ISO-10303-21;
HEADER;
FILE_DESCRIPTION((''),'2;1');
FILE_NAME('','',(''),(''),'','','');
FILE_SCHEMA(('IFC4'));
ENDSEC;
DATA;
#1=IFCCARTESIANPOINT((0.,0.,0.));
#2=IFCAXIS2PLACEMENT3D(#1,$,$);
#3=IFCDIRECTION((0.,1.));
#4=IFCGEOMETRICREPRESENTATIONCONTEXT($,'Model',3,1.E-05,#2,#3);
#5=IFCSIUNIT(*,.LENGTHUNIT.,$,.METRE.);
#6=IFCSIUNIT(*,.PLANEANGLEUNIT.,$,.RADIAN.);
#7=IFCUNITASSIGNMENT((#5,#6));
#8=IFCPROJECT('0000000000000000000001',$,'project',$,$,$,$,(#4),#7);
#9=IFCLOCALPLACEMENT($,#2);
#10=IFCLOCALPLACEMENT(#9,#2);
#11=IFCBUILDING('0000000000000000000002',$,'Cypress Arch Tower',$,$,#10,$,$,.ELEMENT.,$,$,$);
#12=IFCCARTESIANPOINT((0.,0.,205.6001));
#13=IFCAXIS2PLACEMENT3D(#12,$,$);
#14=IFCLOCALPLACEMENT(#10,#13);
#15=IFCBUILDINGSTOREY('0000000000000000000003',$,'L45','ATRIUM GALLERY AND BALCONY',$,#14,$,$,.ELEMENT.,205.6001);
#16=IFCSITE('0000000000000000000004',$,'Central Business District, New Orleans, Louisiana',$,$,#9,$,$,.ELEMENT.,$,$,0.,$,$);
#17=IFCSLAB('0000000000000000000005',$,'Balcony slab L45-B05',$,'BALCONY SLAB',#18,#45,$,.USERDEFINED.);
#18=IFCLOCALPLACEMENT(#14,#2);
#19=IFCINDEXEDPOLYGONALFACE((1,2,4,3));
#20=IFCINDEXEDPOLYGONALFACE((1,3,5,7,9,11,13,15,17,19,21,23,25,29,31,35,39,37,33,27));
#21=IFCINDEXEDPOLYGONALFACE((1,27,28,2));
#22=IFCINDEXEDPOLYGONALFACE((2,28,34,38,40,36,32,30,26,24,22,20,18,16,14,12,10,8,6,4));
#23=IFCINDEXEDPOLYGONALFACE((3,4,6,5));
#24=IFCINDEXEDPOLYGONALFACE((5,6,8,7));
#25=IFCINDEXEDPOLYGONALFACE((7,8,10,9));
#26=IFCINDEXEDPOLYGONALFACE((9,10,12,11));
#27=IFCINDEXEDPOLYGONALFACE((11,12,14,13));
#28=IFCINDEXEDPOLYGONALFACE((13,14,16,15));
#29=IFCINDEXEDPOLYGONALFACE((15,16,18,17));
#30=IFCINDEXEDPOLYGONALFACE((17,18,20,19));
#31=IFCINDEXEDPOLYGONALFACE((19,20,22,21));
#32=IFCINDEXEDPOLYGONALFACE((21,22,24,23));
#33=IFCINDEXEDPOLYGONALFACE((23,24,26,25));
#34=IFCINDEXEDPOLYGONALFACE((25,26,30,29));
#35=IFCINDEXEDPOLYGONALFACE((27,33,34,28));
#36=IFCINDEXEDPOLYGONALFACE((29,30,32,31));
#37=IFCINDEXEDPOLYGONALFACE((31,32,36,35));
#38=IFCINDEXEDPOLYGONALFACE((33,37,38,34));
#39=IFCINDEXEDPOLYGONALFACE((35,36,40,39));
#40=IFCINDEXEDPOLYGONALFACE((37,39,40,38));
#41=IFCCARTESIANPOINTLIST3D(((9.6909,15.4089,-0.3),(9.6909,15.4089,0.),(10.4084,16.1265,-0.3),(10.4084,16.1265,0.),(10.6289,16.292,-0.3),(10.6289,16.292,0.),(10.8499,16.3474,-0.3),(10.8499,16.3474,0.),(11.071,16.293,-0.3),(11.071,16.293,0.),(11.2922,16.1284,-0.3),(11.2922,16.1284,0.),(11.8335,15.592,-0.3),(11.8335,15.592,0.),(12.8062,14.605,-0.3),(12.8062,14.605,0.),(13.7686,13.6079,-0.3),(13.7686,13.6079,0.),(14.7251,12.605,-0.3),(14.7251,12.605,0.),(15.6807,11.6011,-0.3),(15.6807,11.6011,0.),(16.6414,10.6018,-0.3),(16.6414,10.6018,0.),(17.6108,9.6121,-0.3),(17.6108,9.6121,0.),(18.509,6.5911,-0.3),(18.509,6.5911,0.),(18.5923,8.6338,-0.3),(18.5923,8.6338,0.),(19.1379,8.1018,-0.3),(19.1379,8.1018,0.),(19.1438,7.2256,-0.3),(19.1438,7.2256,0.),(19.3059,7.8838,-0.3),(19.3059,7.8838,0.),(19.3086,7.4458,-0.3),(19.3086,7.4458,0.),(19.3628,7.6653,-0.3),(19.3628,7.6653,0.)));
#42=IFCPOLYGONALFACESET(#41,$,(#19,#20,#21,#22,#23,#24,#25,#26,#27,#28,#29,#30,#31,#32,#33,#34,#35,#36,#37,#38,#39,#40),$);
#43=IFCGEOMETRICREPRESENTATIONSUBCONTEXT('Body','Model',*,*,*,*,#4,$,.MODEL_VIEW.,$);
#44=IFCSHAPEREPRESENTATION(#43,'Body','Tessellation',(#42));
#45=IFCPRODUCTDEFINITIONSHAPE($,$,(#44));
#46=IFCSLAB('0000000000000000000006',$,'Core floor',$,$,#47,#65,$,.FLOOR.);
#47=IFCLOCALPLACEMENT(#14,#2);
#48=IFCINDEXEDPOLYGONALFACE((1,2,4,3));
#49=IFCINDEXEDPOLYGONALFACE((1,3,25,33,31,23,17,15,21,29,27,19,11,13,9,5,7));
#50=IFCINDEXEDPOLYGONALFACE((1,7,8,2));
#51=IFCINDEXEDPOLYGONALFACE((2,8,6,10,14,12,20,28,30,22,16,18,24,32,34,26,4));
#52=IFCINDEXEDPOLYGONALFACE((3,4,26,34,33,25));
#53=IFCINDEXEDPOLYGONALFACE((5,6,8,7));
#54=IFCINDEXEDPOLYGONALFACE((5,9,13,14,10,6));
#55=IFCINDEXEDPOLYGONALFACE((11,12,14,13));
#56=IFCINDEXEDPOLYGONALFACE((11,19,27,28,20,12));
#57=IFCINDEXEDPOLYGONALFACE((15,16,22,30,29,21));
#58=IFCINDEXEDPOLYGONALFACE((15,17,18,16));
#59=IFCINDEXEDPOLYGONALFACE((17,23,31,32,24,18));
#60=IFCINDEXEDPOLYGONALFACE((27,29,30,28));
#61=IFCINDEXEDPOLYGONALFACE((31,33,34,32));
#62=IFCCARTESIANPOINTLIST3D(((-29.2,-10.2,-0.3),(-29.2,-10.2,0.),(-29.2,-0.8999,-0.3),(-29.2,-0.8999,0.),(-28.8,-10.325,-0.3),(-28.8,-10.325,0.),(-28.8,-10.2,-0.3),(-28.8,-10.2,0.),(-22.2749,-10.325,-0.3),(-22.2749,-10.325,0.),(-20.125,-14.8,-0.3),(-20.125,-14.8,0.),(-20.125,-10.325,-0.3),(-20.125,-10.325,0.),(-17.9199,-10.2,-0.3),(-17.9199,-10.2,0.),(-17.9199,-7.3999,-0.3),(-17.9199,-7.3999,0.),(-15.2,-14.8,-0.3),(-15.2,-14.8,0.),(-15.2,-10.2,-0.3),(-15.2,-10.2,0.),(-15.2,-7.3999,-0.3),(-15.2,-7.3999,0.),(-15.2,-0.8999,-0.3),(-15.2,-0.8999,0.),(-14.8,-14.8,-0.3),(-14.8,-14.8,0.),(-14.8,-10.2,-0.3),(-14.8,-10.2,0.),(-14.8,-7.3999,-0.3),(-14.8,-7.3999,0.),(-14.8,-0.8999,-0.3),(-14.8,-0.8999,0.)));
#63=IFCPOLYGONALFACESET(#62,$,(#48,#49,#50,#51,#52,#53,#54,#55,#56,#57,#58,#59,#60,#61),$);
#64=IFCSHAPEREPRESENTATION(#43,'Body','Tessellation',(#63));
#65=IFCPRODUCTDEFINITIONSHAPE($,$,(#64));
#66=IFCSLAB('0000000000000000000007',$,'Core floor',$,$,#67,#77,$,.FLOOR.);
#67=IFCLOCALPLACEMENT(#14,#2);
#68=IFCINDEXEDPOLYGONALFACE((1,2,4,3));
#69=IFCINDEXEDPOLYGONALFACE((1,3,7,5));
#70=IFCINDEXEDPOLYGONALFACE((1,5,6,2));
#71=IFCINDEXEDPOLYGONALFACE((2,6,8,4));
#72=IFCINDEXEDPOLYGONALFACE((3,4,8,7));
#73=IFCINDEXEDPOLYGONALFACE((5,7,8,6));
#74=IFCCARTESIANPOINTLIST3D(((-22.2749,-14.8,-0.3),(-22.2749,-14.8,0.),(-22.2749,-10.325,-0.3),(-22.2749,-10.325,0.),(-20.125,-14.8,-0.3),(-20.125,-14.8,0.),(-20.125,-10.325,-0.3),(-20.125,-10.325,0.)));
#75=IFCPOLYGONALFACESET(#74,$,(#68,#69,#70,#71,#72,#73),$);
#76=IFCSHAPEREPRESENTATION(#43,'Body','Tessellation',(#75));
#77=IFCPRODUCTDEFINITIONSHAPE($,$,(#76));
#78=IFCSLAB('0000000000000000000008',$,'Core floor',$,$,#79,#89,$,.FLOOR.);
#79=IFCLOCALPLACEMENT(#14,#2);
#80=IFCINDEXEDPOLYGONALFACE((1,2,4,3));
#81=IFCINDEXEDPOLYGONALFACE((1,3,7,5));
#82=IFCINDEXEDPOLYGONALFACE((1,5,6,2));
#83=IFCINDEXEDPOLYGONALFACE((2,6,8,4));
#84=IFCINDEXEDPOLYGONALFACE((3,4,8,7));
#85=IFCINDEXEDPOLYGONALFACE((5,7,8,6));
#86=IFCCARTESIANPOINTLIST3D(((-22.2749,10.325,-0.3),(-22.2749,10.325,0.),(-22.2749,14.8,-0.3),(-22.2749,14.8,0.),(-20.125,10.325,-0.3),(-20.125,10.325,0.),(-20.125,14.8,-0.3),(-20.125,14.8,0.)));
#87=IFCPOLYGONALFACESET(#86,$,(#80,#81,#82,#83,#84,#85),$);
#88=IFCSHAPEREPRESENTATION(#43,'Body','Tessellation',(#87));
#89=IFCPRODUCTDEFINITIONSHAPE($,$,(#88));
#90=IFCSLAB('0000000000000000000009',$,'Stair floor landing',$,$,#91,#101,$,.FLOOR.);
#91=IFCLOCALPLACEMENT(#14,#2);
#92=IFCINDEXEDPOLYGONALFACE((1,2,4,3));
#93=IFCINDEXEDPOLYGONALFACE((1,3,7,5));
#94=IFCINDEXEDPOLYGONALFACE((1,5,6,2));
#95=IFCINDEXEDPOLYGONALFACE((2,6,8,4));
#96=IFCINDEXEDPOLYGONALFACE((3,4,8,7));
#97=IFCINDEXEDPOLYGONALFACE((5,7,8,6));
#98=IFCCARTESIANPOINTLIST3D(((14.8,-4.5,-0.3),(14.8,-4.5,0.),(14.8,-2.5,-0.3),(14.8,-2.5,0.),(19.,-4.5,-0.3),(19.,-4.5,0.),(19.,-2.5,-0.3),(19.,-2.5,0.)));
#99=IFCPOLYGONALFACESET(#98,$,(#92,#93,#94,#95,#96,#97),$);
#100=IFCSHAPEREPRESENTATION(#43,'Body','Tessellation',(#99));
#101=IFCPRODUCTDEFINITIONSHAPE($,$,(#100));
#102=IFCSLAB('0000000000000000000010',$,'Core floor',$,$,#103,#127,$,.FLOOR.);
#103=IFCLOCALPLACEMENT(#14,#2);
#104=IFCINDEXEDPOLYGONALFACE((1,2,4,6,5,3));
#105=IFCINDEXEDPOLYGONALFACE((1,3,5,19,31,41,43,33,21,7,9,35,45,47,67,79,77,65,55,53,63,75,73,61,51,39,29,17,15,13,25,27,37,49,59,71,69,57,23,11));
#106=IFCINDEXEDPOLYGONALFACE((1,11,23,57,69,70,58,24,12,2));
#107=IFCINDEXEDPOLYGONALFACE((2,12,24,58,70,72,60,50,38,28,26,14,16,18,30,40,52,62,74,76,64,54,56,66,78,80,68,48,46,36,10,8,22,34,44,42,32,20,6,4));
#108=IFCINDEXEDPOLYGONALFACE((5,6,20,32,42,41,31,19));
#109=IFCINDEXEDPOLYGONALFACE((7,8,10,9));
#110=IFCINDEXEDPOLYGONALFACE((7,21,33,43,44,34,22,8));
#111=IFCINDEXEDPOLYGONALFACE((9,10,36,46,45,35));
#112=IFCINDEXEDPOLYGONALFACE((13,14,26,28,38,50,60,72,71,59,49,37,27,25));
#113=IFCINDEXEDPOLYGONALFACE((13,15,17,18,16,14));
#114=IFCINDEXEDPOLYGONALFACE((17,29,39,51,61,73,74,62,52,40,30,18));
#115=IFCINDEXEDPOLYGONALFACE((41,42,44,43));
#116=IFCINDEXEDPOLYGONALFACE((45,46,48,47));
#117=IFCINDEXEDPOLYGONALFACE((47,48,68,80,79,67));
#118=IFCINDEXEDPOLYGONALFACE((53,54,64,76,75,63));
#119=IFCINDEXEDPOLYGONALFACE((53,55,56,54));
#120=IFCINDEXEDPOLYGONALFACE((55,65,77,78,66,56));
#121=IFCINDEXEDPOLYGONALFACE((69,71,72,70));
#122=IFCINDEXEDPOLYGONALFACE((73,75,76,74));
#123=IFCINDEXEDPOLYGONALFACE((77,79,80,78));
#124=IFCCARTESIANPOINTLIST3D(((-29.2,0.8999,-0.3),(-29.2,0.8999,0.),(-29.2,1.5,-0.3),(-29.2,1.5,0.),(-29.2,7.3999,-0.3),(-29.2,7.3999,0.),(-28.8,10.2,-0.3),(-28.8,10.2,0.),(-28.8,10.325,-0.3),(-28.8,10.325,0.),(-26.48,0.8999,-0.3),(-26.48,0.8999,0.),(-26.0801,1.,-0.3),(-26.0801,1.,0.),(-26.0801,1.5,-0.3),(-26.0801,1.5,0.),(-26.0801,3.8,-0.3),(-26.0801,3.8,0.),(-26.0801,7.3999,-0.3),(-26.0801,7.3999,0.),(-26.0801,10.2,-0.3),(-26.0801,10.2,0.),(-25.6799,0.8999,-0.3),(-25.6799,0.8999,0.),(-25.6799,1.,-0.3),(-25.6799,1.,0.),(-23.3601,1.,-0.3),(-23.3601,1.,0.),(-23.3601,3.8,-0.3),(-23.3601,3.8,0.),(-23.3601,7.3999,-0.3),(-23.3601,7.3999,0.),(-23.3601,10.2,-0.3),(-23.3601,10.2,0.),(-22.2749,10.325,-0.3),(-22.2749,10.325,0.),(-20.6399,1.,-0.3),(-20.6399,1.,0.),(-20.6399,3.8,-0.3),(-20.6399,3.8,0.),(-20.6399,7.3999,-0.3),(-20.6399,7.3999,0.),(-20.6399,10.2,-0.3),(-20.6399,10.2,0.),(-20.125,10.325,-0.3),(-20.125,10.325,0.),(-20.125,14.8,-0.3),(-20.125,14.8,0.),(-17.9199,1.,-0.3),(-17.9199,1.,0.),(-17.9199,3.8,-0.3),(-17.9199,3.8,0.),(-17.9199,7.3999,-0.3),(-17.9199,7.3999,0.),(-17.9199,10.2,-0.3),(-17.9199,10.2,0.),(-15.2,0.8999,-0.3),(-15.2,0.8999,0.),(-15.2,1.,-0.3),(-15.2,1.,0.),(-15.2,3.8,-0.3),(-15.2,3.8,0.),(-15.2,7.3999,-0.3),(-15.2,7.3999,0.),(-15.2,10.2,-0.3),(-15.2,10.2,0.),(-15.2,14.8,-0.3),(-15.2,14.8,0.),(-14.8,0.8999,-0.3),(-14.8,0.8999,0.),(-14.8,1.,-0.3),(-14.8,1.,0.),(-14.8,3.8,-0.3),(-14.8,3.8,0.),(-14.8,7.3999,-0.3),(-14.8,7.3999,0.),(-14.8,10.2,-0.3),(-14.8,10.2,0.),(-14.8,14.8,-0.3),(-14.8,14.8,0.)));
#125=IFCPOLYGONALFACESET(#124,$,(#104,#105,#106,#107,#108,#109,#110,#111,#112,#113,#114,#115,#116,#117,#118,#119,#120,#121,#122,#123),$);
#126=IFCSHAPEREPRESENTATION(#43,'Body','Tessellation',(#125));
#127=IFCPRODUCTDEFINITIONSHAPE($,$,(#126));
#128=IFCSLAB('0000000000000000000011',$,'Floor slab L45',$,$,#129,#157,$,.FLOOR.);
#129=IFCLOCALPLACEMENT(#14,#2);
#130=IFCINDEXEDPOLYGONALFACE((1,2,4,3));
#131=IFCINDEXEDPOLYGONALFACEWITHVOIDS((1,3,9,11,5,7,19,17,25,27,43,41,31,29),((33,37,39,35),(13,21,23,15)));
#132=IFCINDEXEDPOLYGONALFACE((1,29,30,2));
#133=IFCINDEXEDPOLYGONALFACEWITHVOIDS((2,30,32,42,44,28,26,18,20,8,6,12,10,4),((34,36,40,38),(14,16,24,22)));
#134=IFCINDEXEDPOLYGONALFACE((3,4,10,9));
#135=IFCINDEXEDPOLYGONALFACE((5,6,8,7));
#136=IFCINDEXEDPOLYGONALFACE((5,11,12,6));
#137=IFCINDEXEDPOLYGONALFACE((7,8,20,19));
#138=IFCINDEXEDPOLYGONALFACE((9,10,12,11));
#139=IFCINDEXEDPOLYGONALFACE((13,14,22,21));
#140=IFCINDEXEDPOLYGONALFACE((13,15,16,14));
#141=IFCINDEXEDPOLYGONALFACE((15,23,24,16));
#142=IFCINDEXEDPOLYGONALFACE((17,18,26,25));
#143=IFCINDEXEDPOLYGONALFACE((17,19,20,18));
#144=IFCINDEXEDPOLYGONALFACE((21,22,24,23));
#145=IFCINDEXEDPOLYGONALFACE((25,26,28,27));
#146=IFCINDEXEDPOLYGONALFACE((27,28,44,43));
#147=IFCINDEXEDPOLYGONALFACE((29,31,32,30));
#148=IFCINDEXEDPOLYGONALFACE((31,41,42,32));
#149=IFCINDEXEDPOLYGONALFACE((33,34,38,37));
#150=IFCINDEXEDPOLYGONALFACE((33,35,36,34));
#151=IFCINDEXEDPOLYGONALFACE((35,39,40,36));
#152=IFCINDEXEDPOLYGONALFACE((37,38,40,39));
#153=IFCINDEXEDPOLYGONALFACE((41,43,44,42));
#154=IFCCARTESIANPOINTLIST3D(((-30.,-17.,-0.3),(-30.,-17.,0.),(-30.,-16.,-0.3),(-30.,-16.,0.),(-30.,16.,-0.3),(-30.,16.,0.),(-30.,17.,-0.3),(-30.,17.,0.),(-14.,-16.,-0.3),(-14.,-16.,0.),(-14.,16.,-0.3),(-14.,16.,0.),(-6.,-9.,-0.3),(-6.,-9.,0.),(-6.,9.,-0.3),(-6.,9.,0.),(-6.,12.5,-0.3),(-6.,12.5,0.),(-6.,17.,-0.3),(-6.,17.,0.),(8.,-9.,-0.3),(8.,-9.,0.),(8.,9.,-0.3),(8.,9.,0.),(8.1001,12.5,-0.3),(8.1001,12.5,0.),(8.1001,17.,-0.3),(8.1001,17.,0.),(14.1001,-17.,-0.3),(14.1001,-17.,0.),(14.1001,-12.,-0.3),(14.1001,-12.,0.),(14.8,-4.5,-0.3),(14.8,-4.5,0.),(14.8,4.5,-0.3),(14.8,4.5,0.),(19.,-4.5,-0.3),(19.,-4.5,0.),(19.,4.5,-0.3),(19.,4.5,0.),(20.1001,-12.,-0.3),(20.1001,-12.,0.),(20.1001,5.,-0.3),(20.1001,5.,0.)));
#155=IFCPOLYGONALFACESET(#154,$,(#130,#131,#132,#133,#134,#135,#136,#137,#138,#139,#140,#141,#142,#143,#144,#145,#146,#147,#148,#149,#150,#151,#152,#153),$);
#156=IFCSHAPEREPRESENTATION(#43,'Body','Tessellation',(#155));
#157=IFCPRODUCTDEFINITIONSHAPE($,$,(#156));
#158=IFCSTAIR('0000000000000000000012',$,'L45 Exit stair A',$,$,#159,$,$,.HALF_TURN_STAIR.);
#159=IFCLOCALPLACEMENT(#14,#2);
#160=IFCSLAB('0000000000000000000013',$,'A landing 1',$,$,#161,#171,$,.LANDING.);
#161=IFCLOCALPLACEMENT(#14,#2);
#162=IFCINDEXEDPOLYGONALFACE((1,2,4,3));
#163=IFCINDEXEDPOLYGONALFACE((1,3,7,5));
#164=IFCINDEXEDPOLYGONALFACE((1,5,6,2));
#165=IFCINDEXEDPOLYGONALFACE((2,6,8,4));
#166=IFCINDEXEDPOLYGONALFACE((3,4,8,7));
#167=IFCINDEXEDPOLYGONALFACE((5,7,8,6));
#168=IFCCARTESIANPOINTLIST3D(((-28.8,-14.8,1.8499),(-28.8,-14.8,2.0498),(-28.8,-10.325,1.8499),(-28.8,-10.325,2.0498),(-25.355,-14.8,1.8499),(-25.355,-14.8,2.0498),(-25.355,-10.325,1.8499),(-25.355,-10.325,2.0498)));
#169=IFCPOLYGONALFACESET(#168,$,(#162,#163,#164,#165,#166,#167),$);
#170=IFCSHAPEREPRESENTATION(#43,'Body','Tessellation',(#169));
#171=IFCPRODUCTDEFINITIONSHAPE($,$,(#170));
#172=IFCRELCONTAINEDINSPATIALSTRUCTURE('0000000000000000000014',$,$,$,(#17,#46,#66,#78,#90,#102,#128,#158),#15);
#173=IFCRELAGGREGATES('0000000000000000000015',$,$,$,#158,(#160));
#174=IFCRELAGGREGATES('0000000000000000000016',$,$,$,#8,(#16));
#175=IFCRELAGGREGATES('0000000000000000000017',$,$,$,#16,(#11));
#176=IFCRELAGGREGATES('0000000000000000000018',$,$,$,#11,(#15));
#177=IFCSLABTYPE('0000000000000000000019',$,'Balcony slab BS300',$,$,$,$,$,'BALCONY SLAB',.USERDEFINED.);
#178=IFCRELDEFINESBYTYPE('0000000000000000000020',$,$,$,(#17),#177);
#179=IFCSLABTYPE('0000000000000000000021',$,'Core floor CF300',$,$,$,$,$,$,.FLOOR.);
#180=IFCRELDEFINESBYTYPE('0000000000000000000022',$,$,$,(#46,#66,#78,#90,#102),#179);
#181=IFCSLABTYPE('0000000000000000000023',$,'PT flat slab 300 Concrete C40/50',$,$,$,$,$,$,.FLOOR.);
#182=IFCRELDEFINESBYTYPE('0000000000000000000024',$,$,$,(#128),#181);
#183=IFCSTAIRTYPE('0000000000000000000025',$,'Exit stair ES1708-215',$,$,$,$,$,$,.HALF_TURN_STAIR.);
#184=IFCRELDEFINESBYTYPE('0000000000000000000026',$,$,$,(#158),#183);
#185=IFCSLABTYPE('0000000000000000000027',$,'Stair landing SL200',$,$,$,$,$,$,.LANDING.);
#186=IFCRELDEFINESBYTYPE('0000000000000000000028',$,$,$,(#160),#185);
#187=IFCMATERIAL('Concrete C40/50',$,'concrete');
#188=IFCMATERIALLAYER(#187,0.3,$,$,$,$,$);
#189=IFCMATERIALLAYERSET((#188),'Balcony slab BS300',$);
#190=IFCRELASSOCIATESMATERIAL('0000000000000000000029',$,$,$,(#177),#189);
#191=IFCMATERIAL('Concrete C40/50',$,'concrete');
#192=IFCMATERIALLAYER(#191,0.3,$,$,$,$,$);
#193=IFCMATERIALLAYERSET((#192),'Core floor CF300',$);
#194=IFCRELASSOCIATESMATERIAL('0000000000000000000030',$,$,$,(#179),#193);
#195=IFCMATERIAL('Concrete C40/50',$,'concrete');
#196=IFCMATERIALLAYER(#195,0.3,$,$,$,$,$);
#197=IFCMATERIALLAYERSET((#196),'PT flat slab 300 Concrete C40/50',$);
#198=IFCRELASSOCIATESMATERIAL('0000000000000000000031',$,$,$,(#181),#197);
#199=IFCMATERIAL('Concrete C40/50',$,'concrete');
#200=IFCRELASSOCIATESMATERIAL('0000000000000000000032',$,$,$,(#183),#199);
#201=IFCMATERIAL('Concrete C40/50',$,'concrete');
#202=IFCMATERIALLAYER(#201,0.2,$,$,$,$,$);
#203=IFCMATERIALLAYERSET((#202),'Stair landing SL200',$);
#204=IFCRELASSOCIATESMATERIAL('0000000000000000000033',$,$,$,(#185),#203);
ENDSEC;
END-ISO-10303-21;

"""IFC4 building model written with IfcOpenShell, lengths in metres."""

from ifc_helpers import new_model, si_unit, direction, frame, origin, place, context, subcontext, project, spatial, polyline, outline, extrude, material, layer, layer_set, type_object, element, aggregate, save


model = new_model("IFC4")

# Units and contexts
model_context = context("Model", 3, precision=1e-05, world=origin(), true_north=direction((0.0, 1.0)))
body_context = subcontext(model_context, "Body", "Model", "MODEL_VIEW")
ifc_project = project(units=[si_unit("LENGTHUNIT", "METRE"), si_unit("PLANEANGLEUNIT", "RADIAN")], contexts=[model_context])

# Site, building, storey
site_placement = place(None, origin())
site = spatial("IfcSite", under=ifc_project, at=site_placement, Name="Central Business District, New Orleans, Louisiana", CompositionType="ELEMENT", RefElevation=0.0)
building_placement = place(site_placement, origin())
building = spatial("IfcBuilding", under=site, at=building_placement, Name="Cypress Arch Tower", CompositionType="ELEMENT")
storey_placement = place(building_placement, frame((0.0, 0.0, 205.6001)))
storey = spatial("IfcBuildingStorey", under=building, at=storey_placement, Name="L45", Description="ATRIUM GALLERY AND BALCONY", CompositionType="ELEMENT", Elevation=205.6001)

# Slabs
ifc_material_1 = material(Name="Concrete C40/50", Category="concrete")
ifc_layer_1 = layer(ifc_material_1, 0.3)
ifc_layer_set_1 = layer_set([ifc_layer_1], Name="Balcony slab BS300")
slab_type_1 = type_object("IfcSlabType", Name="Balcony slab BS300", ElementType="BALCONY SLAB", PredefinedType="USERDEFINED", material=ifc_layer_set_1)
slab_1_placement = place(storey_placement, frame((0.0, 0.0, -0.3)))
element("IfcSlab", 1, at=slab_1_placement, inside=storey, type_object=slab_type_1, Name="Balcony slab L45-B05", ObjectType="BALCONY SLAB", PredefinedType="USERDEFINED", context=body_context, shape_type="SweptSolid", body=[
    extrude(outline(polyline([(18.509, 6.5911), (19.1438, 7.2256), (19.3086, 7.4458), (19.3628, 7.6653), (19.3059, 7.8838), (19.1379, 8.1018), (18.5923, 8.6338), (17.6108, 9.6121), (16.6414, 10.6018), (15.6807, 11.6011), (14.7251, 12.605), (13.7686, 13.6079), (12.8062, 14.605), (11.8335, 15.592), (11.2922, 16.1284), (11.071, 16.293), (10.8499, 16.3474), (10.6289, 16.292), (10.4084, 16.1265), (9.6909, 15.4089), (18.509, 6.5911)])), origin(), (0.0, 0.0, 1.0), 0.3),
])
ifc_material_2 = material(Name="Concrete C40/50", Category="concrete")
ifc_layer_2 = layer(ifc_material_2, 0.3)
ifc_layer_set_2 = layer_set([ifc_layer_2], Name="Core floor CF300")
slab_type_2 = type_object("IfcSlabType", Name="Core floor CF300", PredefinedType="FLOOR", material=ifc_layer_set_2)
slab_2_placement = place(storey_placement, frame((0.0, 0.0, -0.3)))
element("IfcSlab", 2, at=slab_2_placement, inside=storey, type_object=slab_type_2, Name="Core floor", PredefinedType="FLOOR", context=body_context, shape_type="SweptSolid", body=[
    extrude(outline(polyline([(-28.8, -10.2), (-29.2, -10.2), (-29.2, -0.8999), (-15.2, -0.8999), (-14.8, -0.8999), (-14.8, -7.3999), (-15.2, -7.3999), (-17.9199, -7.3999), (-17.9199, -10.2), (-15.2, -10.2), (-14.8, -10.2), (-14.8, -14.8), (-15.2, -14.8), (-20.125, -14.8), (-20.125, -10.325), (-22.2749, -10.325), (-28.8, -10.325), (-28.8, -10.2)])), origin(), (0.0, 0.0, 1.0), 0.3),
])
slab_3_placement = place(storey_placement, frame((0.0, 0.0, -0.3)))
element("IfcSlab", 3, at=slab_3_placement, inside=storey, type_object=slab_type_2, Name="Core floor", PredefinedType="FLOOR", context=body_context, shape_type="SweptSolid", body=[
    extrude(outline(polyline([(-22.2749, -10.325), (-22.2749, -14.8), (-20.125, -14.8), (-20.125, -10.325), (-22.2749, -10.325)])), origin(), (0.0, 0.0, 1.0), 0.3),
])
slab_4_placement = place(storey_placement, frame((0.0, 0.0, -0.3)))
element("IfcSlab", 4, at=slab_4_placement, inside=storey, type_object=slab_type_2, Name="Core floor", PredefinedType="FLOOR", context=body_context, shape_type="SweptSolid", body=[
    extrude(outline(polyline([(-20.125, 14.8), (-22.2749, 14.8), (-22.2749, 10.325), (-20.125, 10.325), (-20.125, 14.8)])), origin(), (0.0, 0.0, 1.0), 0.3),
])
slab_5_placement = place(storey_placement, frame((0.0, 0.0, -0.3)))
element("IfcSlab", 5, at=slab_5_placement, inside=storey, type_object=slab_type_2, Name="Stair floor landing", PredefinedType="FLOOR", context=body_context, shape_type="SweptSolid", body=[
    extrude(outline(polyline([(19.0, -4.5), (19.0, -2.5), (14.8, -2.5), (14.8, -4.5), (19.0, -4.5)])), origin(), (0.0, 0.0, 1.0), 0.3),
])
slab_6_placement = place(storey_placement, frame((0.0, 0.0, -0.3)))
element("IfcSlab", 6, at=slab_6_placement, inside=storey, type_object=slab_type_2, Name="Core floor", PredefinedType="FLOOR", context=body_context, shape_type="SweptSolid", body=[
    extrude(outline(polyline([(-20.6399, 7.3999), (-20.6399, 10.2), (-23.3601, 10.2), (-26.0801, 10.2), (-28.8, 10.2), (-28.8, 10.325), (-22.2749, 10.325), (-20.125, 10.325), (-20.125, 14.8), (-15.2, 14.8), (-14.8, 14.8), (-14.8, 10.2), (-15.2, 10.2), (-17.9199, 10.2), (-17.9199, 7.3999), (-15.2, 7.3999), (-14.8, 7.3999), (-14.8, 3.8), (-15.2, 3.8), (-17.9199, 3.8), (-20.6399, 3.8), (-23.3601, 3.8), (-26.0801, 3.8), (-26.0801, 1.5), (-26.0801, 1.5), (-26.0801, 1.0), (-25.6799, 1.0), (-23.3601, 1.0), (-20.6399, 1.0), (-17.9199, 1.0), (-15.2, 1.0), (-14.8, 1.0), (-14.8, 0.8999), (-15.2, 0.8999), (-25.6799, 0.8999), (-26.48, 0.8999), (-29.2, 0.8999), (-29.2, 1.5), (-29.2, 7.3999), (-26.0801, 7.3999), (-23.3601, 7.3999), (-20.6399, 7.3999)])), origin(), (0.0, 0.0, 1.0), 0.3),
])
ifc_material_3 = material(Name="Concrete C40/50", Category="concrete")
ifc_layer_3 = layer(ifc_material_3, 0.3)
ifc_layer_set_3 = layer_set([ifc_layer_3], Name="PT flat slab 300 Concrete C40/50")
slab_type_3 = type_object("IfcSlabType", Name="PT flat slab 300 Concrete C40/50", PredefinedType="FLOOR", material=ifc_layer_set_3)
slab_7_placement = place(storey_placement, frame((0.0, 0.0, -0.3)))
element("IfcSlab", 7, at=slab_7_placement, inside=storey, type_object=slab_type_3, Name="Floor slab L45", PredefinedType="FLOOR", context=body_context, shape_type="SweptSolid", body=[
    extrude(outline(polyline([(-30.0, 17.0), (-6.0, 17.0), (-6.0, 12.5), (8.1001, 12.5), (8.1001, 17.0), (20.1001, 5.0), (20.1001, -12.0), (14.1001, -12.0), (14.1001, -17.0), (-30.0, -17.0), (-30.0, -16.0), (-14.0, -16.0), (-14.0, 16.0), (-30.0, 16.0), (-30.0, 17.0)]), holes=[polyline([(-6.0, -9.0), (8.0, -9.0), (8.0, 9.0), (-6.0, 9.0), (-6.0, -9.0)]), polyline([(14.8, -4.5), (19.0, -4.5), (19.0, 4.5), (14.8, 4.5), (14.8, -4.5)])]), origin(), (0.0, 0.0, 1.0), 0.3),
])

# Stair, slab
ifc_material_4 = material(Name="Concrete C40/50", Category="concrete")
stair_type_1 = type_object("IfcStairType", Name="Exit stair ES1708-215", PredefinedType="HALF_TURN_STAIR", material=ifc_material_4)
stair_1_placement = place(storey_placement, origin())
stair_1 = element("IfcStair", 8, at=stair_1_placement, inside=storey, type_object=stair_type_1, Name="L45 Exit stair A", PredefinedType="HALF_TURN_STAIR")
ifc_material_5 = material(Name="Concrete C40/50", Category="concrete")
ifc_layer_4 = layer(ifc_material_5, 0.2)
ifc_layer_set_4 = layer_set([ifc_layer_4], Name="Stair landing SL200")
slab_type_4 = type_object("IfcSlabType", Name="Stair landing SL200", PredefinedType="LANDING", material=ifc_layer_set_4)
slab_8_placement = place(storey_placement, frame((0.0, 0.0, 1.8499)))
slab_8 = element("IfcSlab", 9, at=slab_8_placement, type_object=slab_type_4, Name="A landing 1", PredefinedType="LANDING", context=body_context, shape_type="SweptSolid", body=[
    extrude(outline(polyline([(-25.355, -10.325), (-28.8, -10.325), (-28.8, -14.8), (-25.355, -14.8), (-25.355, -10.325)])), origin(), (0.0, 0.0, 1.0), 0.2),
])
aggregate(stair_1, [slab_8])

save(model, "model.ifc")
